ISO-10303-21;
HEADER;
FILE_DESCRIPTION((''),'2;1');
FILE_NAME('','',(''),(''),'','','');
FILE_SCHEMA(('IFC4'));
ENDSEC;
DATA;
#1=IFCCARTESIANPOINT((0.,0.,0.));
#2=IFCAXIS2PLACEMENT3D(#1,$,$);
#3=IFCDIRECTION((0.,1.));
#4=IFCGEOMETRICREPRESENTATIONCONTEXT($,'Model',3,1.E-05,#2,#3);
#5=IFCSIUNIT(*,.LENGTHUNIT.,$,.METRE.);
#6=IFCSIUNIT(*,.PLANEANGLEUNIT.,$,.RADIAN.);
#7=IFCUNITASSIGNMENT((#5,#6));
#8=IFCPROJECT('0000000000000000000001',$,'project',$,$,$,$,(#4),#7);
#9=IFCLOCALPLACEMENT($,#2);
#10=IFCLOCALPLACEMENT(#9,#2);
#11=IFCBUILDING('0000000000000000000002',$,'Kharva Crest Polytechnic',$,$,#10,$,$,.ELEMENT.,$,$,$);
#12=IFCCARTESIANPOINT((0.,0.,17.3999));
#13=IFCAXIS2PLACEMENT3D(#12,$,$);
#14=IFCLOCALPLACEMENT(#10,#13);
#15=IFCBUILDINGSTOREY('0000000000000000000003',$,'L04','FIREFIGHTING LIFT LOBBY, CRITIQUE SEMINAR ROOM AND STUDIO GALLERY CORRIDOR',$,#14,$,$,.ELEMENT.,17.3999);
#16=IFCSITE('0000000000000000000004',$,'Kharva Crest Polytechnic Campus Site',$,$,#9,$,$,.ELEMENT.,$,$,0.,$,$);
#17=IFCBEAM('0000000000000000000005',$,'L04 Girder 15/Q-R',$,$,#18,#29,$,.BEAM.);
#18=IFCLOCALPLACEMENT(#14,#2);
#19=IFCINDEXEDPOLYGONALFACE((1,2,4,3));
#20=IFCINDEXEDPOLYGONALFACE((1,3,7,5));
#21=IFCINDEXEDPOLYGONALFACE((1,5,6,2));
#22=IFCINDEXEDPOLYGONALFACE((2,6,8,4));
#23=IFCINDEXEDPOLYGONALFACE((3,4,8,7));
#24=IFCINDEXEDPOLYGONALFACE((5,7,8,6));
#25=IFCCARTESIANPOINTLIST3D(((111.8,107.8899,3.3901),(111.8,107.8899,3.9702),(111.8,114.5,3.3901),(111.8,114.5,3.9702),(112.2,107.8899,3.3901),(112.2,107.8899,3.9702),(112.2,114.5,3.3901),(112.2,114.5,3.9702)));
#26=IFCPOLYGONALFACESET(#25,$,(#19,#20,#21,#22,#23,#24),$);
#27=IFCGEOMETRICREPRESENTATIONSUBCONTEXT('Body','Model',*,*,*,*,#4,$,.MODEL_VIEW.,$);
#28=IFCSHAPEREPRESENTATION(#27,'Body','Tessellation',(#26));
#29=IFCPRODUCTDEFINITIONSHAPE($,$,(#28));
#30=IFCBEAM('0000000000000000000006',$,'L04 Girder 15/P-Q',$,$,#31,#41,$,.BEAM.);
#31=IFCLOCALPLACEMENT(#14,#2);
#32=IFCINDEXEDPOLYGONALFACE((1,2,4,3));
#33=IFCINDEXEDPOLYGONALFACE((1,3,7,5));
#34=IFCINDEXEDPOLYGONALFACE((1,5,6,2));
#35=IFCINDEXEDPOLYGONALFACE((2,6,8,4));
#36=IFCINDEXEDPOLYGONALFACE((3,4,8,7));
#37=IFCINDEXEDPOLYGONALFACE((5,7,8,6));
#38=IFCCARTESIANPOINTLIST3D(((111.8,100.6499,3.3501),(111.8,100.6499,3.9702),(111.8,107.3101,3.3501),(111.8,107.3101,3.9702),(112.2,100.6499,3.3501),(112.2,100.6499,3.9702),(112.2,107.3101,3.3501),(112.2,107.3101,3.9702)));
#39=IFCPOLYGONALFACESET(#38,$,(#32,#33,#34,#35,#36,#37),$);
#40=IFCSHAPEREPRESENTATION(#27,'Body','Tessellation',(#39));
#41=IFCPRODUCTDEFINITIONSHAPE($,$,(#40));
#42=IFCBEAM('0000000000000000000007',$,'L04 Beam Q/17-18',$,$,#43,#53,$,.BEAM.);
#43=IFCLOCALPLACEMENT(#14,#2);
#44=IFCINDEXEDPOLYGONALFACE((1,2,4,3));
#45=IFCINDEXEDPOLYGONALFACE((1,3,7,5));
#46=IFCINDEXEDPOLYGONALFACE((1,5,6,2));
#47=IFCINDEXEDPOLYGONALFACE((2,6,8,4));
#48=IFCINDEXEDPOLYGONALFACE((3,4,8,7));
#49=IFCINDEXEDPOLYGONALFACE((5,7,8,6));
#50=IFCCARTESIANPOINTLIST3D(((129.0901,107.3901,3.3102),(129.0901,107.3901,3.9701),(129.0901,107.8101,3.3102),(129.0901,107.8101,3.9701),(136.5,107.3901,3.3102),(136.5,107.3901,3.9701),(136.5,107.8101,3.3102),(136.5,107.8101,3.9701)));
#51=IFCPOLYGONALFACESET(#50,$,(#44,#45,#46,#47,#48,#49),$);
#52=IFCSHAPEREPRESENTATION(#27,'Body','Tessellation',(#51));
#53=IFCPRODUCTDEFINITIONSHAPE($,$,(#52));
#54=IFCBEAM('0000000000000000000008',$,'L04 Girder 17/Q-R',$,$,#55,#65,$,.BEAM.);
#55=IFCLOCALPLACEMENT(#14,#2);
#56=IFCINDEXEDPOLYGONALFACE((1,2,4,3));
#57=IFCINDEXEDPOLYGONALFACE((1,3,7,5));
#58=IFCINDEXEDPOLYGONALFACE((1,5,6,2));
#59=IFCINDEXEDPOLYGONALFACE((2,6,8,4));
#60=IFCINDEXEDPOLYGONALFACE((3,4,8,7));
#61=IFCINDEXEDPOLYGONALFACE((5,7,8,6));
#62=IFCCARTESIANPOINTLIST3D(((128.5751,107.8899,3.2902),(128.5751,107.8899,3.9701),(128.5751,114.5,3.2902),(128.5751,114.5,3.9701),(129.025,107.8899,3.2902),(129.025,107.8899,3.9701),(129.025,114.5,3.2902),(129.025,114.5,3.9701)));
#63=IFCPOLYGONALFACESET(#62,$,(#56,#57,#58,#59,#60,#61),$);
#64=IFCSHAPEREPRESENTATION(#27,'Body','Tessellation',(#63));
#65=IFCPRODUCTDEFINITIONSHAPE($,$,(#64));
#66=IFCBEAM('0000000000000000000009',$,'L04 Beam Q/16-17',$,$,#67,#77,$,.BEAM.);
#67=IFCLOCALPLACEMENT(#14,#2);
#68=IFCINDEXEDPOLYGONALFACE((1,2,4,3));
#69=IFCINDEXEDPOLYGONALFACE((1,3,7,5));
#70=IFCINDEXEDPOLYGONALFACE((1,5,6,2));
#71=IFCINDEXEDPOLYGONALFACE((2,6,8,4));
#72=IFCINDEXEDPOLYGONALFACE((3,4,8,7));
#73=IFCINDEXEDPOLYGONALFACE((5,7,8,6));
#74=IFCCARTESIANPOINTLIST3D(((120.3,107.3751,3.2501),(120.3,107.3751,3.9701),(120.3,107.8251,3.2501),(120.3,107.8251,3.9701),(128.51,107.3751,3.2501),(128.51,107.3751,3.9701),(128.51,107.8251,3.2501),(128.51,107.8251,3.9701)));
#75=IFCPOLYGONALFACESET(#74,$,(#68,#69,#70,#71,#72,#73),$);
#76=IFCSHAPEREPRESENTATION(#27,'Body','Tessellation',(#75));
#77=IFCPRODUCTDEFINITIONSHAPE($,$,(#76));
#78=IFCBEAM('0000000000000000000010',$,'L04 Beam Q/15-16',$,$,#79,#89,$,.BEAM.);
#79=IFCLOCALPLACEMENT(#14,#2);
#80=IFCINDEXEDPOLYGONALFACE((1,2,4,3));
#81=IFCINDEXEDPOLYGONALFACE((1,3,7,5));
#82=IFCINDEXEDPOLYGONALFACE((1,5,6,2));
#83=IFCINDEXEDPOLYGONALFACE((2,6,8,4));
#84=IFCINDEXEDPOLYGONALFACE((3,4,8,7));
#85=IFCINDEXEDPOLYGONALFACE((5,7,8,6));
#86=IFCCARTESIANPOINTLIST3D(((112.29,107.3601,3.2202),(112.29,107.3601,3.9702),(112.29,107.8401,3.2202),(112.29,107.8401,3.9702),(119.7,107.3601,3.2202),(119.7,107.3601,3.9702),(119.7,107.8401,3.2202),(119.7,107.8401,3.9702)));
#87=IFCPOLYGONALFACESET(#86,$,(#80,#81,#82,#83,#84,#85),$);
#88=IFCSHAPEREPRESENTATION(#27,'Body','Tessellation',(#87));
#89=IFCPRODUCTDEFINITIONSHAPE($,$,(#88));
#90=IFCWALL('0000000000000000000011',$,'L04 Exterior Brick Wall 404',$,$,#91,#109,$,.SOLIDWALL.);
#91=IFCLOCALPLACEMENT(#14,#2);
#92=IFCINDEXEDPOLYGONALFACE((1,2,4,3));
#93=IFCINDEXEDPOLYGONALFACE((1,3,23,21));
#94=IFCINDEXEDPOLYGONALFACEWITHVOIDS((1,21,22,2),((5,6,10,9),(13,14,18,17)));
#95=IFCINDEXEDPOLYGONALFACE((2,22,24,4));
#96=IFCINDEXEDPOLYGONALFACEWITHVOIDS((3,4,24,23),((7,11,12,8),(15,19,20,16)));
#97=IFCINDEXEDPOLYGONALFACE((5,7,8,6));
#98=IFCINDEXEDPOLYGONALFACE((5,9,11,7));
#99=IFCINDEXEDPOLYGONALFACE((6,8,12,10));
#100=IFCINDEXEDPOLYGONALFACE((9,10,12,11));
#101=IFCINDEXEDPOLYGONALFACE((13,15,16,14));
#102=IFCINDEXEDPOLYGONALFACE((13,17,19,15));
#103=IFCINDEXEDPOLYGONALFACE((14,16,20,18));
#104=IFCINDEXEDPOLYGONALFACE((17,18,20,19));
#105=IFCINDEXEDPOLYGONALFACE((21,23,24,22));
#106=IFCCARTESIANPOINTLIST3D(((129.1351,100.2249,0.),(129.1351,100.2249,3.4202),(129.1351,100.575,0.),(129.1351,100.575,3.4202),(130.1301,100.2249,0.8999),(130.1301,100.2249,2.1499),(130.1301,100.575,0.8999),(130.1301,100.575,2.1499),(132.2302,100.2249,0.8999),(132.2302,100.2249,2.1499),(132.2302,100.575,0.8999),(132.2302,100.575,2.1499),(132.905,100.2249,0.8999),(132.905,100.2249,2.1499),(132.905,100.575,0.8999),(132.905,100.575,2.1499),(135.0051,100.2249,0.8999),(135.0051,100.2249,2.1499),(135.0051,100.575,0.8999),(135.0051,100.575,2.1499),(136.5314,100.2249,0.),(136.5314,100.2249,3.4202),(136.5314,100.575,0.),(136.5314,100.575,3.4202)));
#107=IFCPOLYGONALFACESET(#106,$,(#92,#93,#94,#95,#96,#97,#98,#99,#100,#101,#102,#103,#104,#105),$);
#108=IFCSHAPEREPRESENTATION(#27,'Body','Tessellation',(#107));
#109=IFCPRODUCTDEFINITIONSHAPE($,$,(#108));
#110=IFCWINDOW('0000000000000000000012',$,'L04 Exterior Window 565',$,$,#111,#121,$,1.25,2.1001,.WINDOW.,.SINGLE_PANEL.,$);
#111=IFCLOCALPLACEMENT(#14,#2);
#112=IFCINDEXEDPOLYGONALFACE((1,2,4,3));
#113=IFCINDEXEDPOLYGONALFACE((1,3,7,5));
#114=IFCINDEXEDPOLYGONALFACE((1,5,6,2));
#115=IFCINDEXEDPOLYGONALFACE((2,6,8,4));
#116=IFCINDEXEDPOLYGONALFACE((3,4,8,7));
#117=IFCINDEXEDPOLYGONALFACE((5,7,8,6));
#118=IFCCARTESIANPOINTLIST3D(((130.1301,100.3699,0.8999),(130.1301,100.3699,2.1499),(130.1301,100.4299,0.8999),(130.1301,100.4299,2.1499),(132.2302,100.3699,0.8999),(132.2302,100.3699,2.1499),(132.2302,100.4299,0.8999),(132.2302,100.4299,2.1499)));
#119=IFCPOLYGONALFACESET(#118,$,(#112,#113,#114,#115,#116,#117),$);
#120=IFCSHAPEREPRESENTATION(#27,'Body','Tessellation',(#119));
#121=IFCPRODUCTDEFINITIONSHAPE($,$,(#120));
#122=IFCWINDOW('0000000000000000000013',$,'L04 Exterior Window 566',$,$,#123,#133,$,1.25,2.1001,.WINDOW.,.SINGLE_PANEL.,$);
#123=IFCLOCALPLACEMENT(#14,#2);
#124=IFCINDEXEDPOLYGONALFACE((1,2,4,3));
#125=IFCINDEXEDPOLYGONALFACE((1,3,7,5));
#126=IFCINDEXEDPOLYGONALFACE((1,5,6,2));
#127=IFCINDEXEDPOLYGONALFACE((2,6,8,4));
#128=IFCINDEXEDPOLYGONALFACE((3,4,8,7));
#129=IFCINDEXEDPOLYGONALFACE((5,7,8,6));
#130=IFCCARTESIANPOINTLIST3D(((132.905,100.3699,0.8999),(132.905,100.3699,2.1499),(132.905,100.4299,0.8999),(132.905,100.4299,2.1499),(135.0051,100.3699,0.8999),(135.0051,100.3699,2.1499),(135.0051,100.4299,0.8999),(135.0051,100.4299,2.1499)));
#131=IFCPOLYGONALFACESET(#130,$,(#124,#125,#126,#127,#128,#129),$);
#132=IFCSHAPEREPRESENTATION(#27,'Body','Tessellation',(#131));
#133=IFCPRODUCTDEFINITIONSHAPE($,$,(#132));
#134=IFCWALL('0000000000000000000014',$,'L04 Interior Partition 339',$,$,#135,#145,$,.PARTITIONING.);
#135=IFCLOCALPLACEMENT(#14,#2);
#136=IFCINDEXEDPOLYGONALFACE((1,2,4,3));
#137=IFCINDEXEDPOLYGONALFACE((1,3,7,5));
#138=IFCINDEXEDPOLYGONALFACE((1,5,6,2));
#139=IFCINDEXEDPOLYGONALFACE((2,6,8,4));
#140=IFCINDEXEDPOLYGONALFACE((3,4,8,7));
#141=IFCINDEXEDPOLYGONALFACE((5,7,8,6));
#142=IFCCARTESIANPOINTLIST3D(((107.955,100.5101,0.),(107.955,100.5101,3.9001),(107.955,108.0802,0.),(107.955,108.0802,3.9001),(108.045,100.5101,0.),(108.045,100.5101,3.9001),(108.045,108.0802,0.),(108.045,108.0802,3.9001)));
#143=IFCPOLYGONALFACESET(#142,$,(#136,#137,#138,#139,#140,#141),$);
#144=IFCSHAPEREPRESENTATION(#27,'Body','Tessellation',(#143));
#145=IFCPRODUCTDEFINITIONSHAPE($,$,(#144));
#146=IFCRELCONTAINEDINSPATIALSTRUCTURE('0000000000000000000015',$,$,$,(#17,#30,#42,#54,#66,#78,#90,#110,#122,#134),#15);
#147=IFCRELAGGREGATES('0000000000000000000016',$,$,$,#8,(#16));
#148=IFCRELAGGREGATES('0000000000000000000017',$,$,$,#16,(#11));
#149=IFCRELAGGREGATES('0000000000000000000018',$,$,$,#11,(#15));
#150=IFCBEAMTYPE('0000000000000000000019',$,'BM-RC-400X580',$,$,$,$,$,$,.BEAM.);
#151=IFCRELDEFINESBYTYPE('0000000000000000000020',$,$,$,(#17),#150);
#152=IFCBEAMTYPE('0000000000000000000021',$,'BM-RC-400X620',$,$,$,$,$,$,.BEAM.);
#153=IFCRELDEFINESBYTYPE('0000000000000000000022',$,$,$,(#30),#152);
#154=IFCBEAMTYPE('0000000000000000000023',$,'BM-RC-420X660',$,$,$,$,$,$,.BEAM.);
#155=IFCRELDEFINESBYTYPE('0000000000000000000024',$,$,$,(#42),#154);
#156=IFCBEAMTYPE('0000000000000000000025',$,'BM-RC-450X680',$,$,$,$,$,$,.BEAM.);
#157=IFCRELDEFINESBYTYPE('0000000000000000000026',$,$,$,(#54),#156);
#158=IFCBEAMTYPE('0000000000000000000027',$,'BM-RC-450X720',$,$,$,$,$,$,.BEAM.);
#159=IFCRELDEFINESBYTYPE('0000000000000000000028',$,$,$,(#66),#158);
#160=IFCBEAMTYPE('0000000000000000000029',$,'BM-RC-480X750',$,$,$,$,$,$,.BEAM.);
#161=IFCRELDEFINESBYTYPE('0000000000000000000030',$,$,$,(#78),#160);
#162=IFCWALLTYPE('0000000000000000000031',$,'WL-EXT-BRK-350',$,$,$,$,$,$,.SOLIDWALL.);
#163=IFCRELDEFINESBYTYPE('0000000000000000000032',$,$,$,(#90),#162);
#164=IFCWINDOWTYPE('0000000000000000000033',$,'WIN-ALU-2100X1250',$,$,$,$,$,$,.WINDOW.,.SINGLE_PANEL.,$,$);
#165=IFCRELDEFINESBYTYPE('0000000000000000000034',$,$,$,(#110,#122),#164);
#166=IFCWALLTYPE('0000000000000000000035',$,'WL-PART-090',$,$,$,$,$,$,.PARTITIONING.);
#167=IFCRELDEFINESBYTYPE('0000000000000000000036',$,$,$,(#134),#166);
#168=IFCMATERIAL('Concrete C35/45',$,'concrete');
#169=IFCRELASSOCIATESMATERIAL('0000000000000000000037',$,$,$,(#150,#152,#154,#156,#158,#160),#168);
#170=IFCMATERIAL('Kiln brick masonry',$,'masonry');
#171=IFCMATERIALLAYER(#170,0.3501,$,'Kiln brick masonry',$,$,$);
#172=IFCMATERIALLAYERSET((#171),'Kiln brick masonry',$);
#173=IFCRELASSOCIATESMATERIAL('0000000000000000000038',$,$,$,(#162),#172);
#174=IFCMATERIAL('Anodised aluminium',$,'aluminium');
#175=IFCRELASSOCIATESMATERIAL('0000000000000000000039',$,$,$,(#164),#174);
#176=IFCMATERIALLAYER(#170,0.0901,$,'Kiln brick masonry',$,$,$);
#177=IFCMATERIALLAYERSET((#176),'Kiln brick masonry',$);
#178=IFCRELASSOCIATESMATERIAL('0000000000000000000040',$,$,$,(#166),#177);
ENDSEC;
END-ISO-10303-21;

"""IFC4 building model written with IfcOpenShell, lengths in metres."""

from ifc_helpers import new_model, si_unit, direction, frame, frame_2d, origin, origin_2d, place, context, subcontext, project, spatial, rectangle, extrude, material, layer, layer_set, material_profile, profile_set, type_object, element, fill, save


model = new_model("IFC4")

# Units and contexts
model_context = context("Model", 3, precision=1e-05, world=origin(), true_north=direction((0.0, 1.0)))
body_context = subcontext(model_context, "Body", "Model", "MODEL_VIEW")
ifc_project = project(units=[si_unit("LENGTHUNIT", "METRE"), si_unit("PLANEANGLEUNIT", "RADIAN")], contexts=[model_context])

# Site, building, storey
site_placement = place(None, origin())
site = spatial("IfcSite", under=ifc_project, at=site_placement, Name="Kharva Crest Polytechnic Campus Site", CompositionType="ELEMENT", RefElevation=0.0)
building_placement = place(site_placement, origin())
building = spatial("IfcBuilding", under=site, at=building_placement, Name="Kharva Crest Polytechnic", CompositionType="ELEMENT")
storey_placement = place(building_placement, frame((0.0, 0.0, 17.3999)))
storey = spatial("IfcBuildingStorey", under=building, at=storey_placement, Name="L04", Description="FIREFIGHTING LIFT LOBBY, CRITIQUE SEMINAR ROOM AND STUDIO GALLERY CORRIDOR", CompositionType="ELEMENT", Elevation=17.3999)

# Beams
ifc_material_1 = material(Name="Concrete C35/45", Category="concrete")
ifc_material_profile_1 = material_profile(ifc_material_1, rectangle(XDim=0.3999, YDim=0.5801, at=origin_2d()), Name="RECT 400 X 580")
ifc_profile_set_1 = profile_set([ifc_material_profile_1], Name="Concrete C35/45")
beam_type_1 = type_object("IfcBeamType", Name="BM-RC-400X580", PredefinedType="BEAM", material=ifc_profile_set_1)
beam_1_placement = place(storey_placement, frame((112.0, 107.8899, 3.6802), z_axis=(0.0, 1.0, 0.0), x_axis=(-1.0, 0.0, 0.0)))
element("IfcBeam", 1, at=beam_1_placement, inside=storey, type_object=beam_type_1, Name="L04 Girder 15/Q-R", PredefinedType="BEAM", context=body_context, shape_type="SweptSolid", body=[
    extrude(rectangle(XDim=0.3999, YDim=0.5801, at=origin_2d()), origin(), (0.0, 0.0, 1.0), 6.6101),
])
ifc_material_profile_2 = material_profile(ifc_material_1, rectangle(XDim=0.3999, YDim=0.6201, at=origin_2d()), Name="RECT 400 X 620")
ifc_profile_set_2 = profile_set([ifc_material_profile_2], Name="Concrete C35/45")
beam_type_2 = type_object("IfcBeamType", Name="BM-RC-400X620", PredefinedType="BEAM", material=ifc_profile_set_2)
beam_2_placement = place(storey_placement, frame((112.0, 100.6499, 3.6602), z_axis=(0.0, 1.0, 0.0), x_axis=(-1.0, 0.0, 0.0)))
element("IfcBeam", 2, at=beam_2_placement, inside=storey, type_object=beam_type_2, Name="L04 Girder 15/P-Q", PredefinedType="BEAM", context=body_context, shape_type="SweptSolid", body=[
    extrude(rectangle(XDim=0.3999, YDim=0.6201, at=origin_2d()), origin(), (0.0, 0.0, 1.0), 6.6602),
])
ifc_material_profile_3 = material_profile(ifc_material_1, rectangle(XDim=0.4199, YDim=0.6599, at=origin_2d()), Name="RECT 420 X 660")
ifc_profile_set_3 = profile_set([ifc_material_profile_3], Name="Concrete C35/45")
beam_type_3 = type_object("IfcBeamType", Name="BM-RC-420X660", PredefinedType="BEAM", material=ifc_profile_set_3)
beam_3_placement = place(storey_placement, frame((129.0901, 107.6001, 3.6401), z_axis=(1.0, 0.0, 0.0), x_axis=(0.0, 1.0, 0.0)))
element("IfcBeam", 3, at=beam_3_placement, inside=storey, type_object=beam_type_3, Name="L04 Beam Q/17-18", PredefinedType="BEAM", context=body_context, shape_type="SweptSolid", body=[
    extrude(rectangle(XDim=0.4199, YDim=0.6599, at=origin_2d()), origin(), (0.0, 0.0, 1.0), 7.4099),
])
ifc_material_profile_4 = material_profile(ifc_material_1, rectangle(XDim=0.45, YDim=0.6799, at=origin_2d()), Name="RECT 450 X 680")
ifc_profile_set_4 = profile_set([ifc_material_profile_4], Name="Concrete C35/45")
beam_type_4 = type_object("IfcBeamType", Name="BM-RC-450X680", PredefinedType="BEAM", material=ifc_profile_set_4)
beam_4_placement = place(storey_placement, frame((128.8, 107.8899, 3.6301), z_axis=(0.0, 1.0, 0.0), x_axis=(-1.0, 0.0, 0.0)))
element("IfcBeam", 4, at=beam_4_placement, inside=storey, type_object=beam_type_4, Name="L04 Girder 17/Q-R", PredefinedType="BEAM", context=body_context, shape_type="SweptSolid", body=[
    extrude(rectangle(XDim=0.45, YDim=0.6799, at=origin_2d()), origin(), (0.0, 0.0, 1.0), 6.6101),
])
ifc_material_profile_5 = material_profile(ifc_material_1, rectangle(XDim=0.45, YDim=0.72, at=origin_2d()), Name="RECT 450 X 720")
ifc_profile_set_5 = profile_set([ifc_material_profile_5], Name="Concrete C35/45")
beam_type_5 = type_object("IfcBeamType", Name="BM-RC-450X720", PredefinedType="BEAM", material=ifc_profile_set_5)
beam_5_placement = place(storey_placement, frame((120.3, 107.6001, 3.6101), z_axis=(1.0, 0.0, 0.0), x_axis=(0.0, 1.0, 0.0)))
element("IfcBeam", 5, at=beam_5_placement, inside=storey, type_object=beam_type_5, Name="L04 Beam Q/16-17", PredefinedType="BEAM", context=body_context, shape_type="SweptSolid", body=[
    extrude(rectangle(XDim=0.45, YDim=0.72, at=origin_2d()), origin(), (0.0, 0.0, 1.0), 8.21),
])
ifc_material_profile_6 = material_profile(ifc_material_1, rectangle(XDim=0.48, YDim=0.75, at=origin_2d()), Name="RECT 480 X 750")
ifc_profile_set_6 = profile_set([ifc_material_profile_6], Name="Concrete C35/45")
beam_type_6 = type_object("IfcBeamType", Name="BM-RC-480X750", PredefinedType="BEAM", material=ifc_profile_set_6)
beam_6_placement = place(storey_placement, frame((112.29, 107.6001, 3.5952), z_axis=(1.0, 0.0, 0.0), x_axis=(0.0, 1.0, 0.0)))
element("IfcBeam", 6, at=beam_6_placement, inside=storey, type_object=beam_type_6, Name="L04 Beam Q/15-16", PredefinedType="BEAM", context=body_context, shape_type="SweptSolid", body=[
    extrude(rectangle(XDim=0.48, YDim=0.75, at=origin_2d()), origin(), (0.0, 0.0, 1.0), 7.4099),
])

# Wall, openings, windows
ifc_material_2 = material(Name="Kiln brick masonry", Category="masonry")
ifc_layer_1 = layer(ifc_material_2, 0.3501, Name="Kiln brick masonry")
ifc_layer_set_1 = layer_set([ifc_layer_1], Name="Kiln brick masonry")
wall_type_1 = type_object("IfcWallType", Name="WL-EXT-BRK-350", PredefinedType="SOLIDWALL", material=ifc_layer_set_1)
wall_1_placement = place(storey_placement, frame((129.135, 100.3999, 0.0), z_axis=(0.0, 0.0, 1.0), x_axis=(1.0, 0.0, 0.0)))
wall_1 = element("IfcWall", 7, at=wall_1_placement, inside=storey, type_object=wall_type_1, Name="L04 Exterior Brick Wall 404", PredefinedType="SOLIDWALL", context=body_context, shape_type="SweptSolid", body=[
    extrude(rectangle(XDim=7.3962, YDim=0.3501, at=frame_2d((3.6982, 0.0))), origin(), (0.0, 0.0, 1.0), 3.4202),
])
opening_1_placement = place(wall_1_placement, frame((0.9951, 0.0, 0.8999)))
opening_1 = element("IfcOpeningElement", 8, at=opening_1_placement, cuts=wall_1, PredefinedType="OPENING", context=body_context, shape_type="SweptSolid", body=[
    extrude(rectangle(XDim=2.1001, YDim=1.25, at=frame_2d((1.05, 0.625))), frame((0.0, 0.1851, 0.0), z_axis=(0.0, -1.0, 0.0), x_axis=(1.0, 0.0, 0.0)), (0.0, 0.0, 1.0), 0.3701),
])
opening_2_placement = place(wall_1_placement, frame((3.77, 0.0, 0.8999)))
opening_2 = element("IfcOpeningElement", 9, at=opening_2_placement, cuts=wall_1, PredefinedType="OPENING", context=body_context, shape_type="SweptSolid", body=[
    extrude(rectangle(XDim=2.1001, YDim=1.25, at=frame_2d((1.05, 0.625))), frame((0.0, 0.1851, 0.0), z_axis=(0.0, -1.0, 0.0), x_axis=(1.0, 0.0, 0.0)), (0.0, 0.0, 1.0), 0.3701),
])
ifc_material_3 = material(Name="Anodised aluminium", Category="aluminium")
window_type = type_object("IfcWindowType", Name="WIN-ALU-2100X1250", PartitioningType="SINGLE_PANEL", PredefinedType="WINDOW", material=ifc_material_3)
window_1_placement = place(opening_1_placement, origin())
window_1 = element("IfcWindow", 10, at=window_1_placement, inside=storey, type_object=window_type, Name="L04 Exterior Window 565", OverallHeight=1.25, OverallWidth=2.1001, PartitioningType="SINGLE_PANEL", PredefinedType="WINDOW", context=body_context, shape_type="SweptSolid", body=[
    extrude(rectangle(XDim=2.1001, YDim=1.25, at=frame_2d((1.05, 0.625))), frame((0.0, 0.03, 0.0), z_axis=(0.0, -1.0, 0.0), x_axis=(1.0, 0.0, 0.0)), (0.0, 0.0, 1.0), 0.0601),
])
fill(opening_1, window_1)
window_2_placement = place(opening_2_placement, origin())
window_2 = element("IfcWindow", 11, at=window_2_placement, inside=storey, type_object=window_type, Name="L04 Exterior Window 566", OverallHeight=1.25, OverallWidth=2.1001, PartitioningType="SINGLE_PANEL", PredefinedType="WINDOW", context=body_context, shape_type="SweptSolid", body=[
    extrude(rectangle(XDim=2.1001, YDim=1.25, at=frame_2d((1.05, 0.625))), frame((0.0, 0.03, 0.0), z_axis=(0.0, -1.0, 0.0), x_axis=(1.0, 0.0, 0.0)), (0.0, 0.0, 1.0), 0.0601),
])
fill(opening_2, window_2)

# Wall
ifc_layer_2 = layer(ifc_material_2, 0.0901, Name="Kiln brick masonry")
ifc_layer_set_2 = layer_set([ifc_layer_2], Name="Kiln brick masonry")
wall_type_2 = type_object("IfcWallType", Name="WL-PART-090", PredefinedType="PARTITIONING", material=ifc_layer_set_2)
wall_2_placement = place(storey_placement, frame((108.0, 100.51, 0.0), z_axis=(0.0, 0.0, 1.0), x_axis=(0.0, 1.0, 0.0)))
element("IfcWall", 12, at=wall_2_placement, inside=storey, type_object=wall_type_2, Name="L04 Interior Partition 339", PredefinedType="PARTITIONING", context=body_context, shape_type="SweptSolid", body=[
    extrude(rectangle(XDim=7.5701, YDim=0.0901, at=frame_2d((3.7852, 0.0))), origin(), (0.0, 0.0, 1.0), 3.9001),
])

save(model, "model.ifc")
